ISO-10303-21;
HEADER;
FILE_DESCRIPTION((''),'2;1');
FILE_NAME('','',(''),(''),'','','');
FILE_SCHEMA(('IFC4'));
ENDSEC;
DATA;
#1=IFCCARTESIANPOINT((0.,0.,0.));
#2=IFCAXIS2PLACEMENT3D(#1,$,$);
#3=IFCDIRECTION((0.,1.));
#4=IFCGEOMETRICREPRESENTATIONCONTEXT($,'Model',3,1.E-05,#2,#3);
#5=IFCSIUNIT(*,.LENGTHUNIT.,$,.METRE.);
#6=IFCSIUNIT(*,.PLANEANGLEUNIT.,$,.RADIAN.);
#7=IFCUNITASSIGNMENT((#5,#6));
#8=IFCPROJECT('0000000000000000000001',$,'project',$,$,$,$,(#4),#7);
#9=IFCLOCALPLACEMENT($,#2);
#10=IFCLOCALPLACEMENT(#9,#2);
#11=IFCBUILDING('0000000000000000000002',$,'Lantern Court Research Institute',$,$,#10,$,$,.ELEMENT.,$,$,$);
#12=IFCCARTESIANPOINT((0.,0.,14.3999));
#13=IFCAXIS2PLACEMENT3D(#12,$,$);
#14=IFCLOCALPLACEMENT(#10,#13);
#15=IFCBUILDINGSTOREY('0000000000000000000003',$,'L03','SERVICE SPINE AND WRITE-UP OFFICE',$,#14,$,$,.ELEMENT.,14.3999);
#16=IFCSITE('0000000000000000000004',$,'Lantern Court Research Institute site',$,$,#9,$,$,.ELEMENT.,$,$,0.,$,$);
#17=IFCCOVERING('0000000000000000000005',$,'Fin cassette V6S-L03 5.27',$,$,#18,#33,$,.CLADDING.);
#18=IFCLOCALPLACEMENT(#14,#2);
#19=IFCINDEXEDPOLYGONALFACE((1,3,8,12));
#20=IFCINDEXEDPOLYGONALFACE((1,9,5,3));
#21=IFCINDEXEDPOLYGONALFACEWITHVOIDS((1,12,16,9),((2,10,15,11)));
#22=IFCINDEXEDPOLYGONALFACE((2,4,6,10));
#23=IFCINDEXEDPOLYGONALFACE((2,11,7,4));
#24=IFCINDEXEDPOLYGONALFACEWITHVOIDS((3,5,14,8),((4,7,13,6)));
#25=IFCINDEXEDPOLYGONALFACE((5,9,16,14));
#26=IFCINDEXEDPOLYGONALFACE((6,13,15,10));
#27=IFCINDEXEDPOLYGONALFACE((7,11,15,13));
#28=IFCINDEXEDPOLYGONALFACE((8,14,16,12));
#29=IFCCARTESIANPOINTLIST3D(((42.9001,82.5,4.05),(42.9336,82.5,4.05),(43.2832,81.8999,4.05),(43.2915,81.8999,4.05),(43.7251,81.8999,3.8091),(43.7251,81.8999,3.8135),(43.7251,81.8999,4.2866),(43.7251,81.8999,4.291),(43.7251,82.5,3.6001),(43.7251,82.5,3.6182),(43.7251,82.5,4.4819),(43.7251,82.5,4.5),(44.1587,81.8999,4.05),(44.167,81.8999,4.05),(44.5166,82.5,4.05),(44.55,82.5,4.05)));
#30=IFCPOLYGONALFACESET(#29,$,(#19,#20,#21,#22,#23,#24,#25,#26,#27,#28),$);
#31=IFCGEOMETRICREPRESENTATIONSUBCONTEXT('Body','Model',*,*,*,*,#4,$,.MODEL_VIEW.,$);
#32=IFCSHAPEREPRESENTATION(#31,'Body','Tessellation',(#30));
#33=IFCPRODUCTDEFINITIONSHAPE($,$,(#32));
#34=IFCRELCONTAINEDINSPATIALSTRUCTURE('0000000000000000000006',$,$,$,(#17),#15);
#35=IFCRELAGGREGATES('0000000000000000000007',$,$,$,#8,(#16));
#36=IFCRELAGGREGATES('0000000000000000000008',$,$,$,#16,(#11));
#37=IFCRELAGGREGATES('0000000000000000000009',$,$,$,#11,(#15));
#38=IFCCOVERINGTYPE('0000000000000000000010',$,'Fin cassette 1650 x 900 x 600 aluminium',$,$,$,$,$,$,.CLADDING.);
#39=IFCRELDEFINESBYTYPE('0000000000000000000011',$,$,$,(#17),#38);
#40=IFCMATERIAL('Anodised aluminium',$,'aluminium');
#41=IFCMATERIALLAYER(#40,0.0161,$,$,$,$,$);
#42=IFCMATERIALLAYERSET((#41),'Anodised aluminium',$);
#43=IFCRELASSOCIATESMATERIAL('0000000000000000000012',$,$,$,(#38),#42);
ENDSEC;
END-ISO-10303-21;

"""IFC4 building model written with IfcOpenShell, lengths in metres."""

from ifc_helpers import new_model, entity, si_unit, direction, frame, origin, place, context, subcontext, project, spatial, material, layer, layer_set, type_object, element, save


model = new_model("IFC4")

# Units and contexts
model_context = context("Model", 3, precision=1e-05, world=origin(), true_north=direction((0.0, 1.0)))
body_context = subcontext(model_context, "Body", "Model", "MODEL_VIEW")
ifc_project = project(units=[si_unit("LENGTHUNIT", "METRE"), si_unit("PLANEANGLEUNIT", "RADIAN")], contexts=[model_context])

# Site, building, storey
site_placement = place(None, origin())
site = spatial("IfcSite", under=ifc_project, at=site_placement, Name="Lantern Court Research Institute site", CompositionType="ELEMENT", RefElevation=0.0)
building_placement = place(site_placement, origin())
building = spatial("IfcBuilding", under=site, at=building_placement, Name="Lantern Court Research Institute", CompositionType="ELEMENT")
storey_placement = place(building_placement, frame((0.0, 0.0, 14.3999)))
storey = spatial("IfcBuildingStorey", under=building, at=storey_placement, Name="L03", Description="SERVICE SPINE AND WRITE-UP OFFICE", CompositionType="ELEMENT", Elevation=14.3999)

# Covering
ifc_material_1 = material(Name="Anodised aluminium", Category="aluminium")
ifc_layer_1 = layer(ifc_material_1, 0.0161)
ifc_layer_set_1 = layer_set([ifc_layer_1], Name="Anodised aluminium")
covering_type = type_object("IfcCoveringType", Name="Fin cassette 1650 x 900 x 600 aluminium", PredefinedType="CLADDING", material=ifc_layer_set_1)
covering_1_placement = place(storey_placement, frame((43.7251, 82.5, 4.05), z_axis=(0.0, -1.0, 0.0), x_axis=(1.0, 0.0, 0.0)))
cartesian_point_1 = entity("IfcCartesianPoint", [0.825, 0.0])
cartesian_point_2 = entity("IfcCartesianPoint", [0.7915, 0.0])
cartesian_point_3 = entity("IfcCartesianPoint", [0.4419, 0.0])
cartesian_point_4 = entity("IfcCartesianPoint", [0.4336, 0.0])
element("IfcCovering", 1, at=covering_1_placement, inside=storey, type_object=covering_type, Name="Fin cassette V6S-L03 5.27", PredefinedType="CLADDING", context=body_context, shape_type="SweptSolid", body=[
    entity("IfcExtrudedAreaSolidTapered", entity("IfcArbitraryProfileDefWithVoids", "AREA", None, entity("IfcPolyline", [cartesian_point_1, entity("IfcCartesianPoint", [0.0, 0.45]), entity("IfcCartesianPoint", [-0.825, 0.0]), entity("IfcCartesianPoint", [0.0, -0.45]), cartesian_point_1]), [entity("IfcPolyline", [cartesian_point_2, entity("IfcCartesianPoint", [0.0, 0.4319]), entity("IfcCartesianPoint", [-0.7915, 0.0]), entity("IfcCartesianPoint", [0.0, -0.4319]), cartesian_point_2])]), entity("IfcAxis2Placement3D", entity("IfcCartesianPoint", [0.0, 0.0, 0.0])), entity("IfcDirection", [0.0, 0.0, 1.0]), 0.6001, entity("IfcArbitraryProfileDefWithVoids", "AREA", None, entity("IfcPolyline", [cartesian_point_3, entity("IfcCartesianPoint", [0.0, 0.241]), entity("IfcCartesianPoint", [-0.4419, 0.0]), entity("IfcCartesianPoint", [0.0, -0.241]), cartesian_point_3]), [entity("IfcPolyline", [cartesian_point_4, entity("IfcCartesianPoint", [0.0, 0.2366]), entity("IfcCartesianPoint", [-0.4336, 0.0]), entity("IfcCartesianPoint", [0.0, -0.2366]), cartesian_point_4])])),
])

save(model, "model.ifc")
